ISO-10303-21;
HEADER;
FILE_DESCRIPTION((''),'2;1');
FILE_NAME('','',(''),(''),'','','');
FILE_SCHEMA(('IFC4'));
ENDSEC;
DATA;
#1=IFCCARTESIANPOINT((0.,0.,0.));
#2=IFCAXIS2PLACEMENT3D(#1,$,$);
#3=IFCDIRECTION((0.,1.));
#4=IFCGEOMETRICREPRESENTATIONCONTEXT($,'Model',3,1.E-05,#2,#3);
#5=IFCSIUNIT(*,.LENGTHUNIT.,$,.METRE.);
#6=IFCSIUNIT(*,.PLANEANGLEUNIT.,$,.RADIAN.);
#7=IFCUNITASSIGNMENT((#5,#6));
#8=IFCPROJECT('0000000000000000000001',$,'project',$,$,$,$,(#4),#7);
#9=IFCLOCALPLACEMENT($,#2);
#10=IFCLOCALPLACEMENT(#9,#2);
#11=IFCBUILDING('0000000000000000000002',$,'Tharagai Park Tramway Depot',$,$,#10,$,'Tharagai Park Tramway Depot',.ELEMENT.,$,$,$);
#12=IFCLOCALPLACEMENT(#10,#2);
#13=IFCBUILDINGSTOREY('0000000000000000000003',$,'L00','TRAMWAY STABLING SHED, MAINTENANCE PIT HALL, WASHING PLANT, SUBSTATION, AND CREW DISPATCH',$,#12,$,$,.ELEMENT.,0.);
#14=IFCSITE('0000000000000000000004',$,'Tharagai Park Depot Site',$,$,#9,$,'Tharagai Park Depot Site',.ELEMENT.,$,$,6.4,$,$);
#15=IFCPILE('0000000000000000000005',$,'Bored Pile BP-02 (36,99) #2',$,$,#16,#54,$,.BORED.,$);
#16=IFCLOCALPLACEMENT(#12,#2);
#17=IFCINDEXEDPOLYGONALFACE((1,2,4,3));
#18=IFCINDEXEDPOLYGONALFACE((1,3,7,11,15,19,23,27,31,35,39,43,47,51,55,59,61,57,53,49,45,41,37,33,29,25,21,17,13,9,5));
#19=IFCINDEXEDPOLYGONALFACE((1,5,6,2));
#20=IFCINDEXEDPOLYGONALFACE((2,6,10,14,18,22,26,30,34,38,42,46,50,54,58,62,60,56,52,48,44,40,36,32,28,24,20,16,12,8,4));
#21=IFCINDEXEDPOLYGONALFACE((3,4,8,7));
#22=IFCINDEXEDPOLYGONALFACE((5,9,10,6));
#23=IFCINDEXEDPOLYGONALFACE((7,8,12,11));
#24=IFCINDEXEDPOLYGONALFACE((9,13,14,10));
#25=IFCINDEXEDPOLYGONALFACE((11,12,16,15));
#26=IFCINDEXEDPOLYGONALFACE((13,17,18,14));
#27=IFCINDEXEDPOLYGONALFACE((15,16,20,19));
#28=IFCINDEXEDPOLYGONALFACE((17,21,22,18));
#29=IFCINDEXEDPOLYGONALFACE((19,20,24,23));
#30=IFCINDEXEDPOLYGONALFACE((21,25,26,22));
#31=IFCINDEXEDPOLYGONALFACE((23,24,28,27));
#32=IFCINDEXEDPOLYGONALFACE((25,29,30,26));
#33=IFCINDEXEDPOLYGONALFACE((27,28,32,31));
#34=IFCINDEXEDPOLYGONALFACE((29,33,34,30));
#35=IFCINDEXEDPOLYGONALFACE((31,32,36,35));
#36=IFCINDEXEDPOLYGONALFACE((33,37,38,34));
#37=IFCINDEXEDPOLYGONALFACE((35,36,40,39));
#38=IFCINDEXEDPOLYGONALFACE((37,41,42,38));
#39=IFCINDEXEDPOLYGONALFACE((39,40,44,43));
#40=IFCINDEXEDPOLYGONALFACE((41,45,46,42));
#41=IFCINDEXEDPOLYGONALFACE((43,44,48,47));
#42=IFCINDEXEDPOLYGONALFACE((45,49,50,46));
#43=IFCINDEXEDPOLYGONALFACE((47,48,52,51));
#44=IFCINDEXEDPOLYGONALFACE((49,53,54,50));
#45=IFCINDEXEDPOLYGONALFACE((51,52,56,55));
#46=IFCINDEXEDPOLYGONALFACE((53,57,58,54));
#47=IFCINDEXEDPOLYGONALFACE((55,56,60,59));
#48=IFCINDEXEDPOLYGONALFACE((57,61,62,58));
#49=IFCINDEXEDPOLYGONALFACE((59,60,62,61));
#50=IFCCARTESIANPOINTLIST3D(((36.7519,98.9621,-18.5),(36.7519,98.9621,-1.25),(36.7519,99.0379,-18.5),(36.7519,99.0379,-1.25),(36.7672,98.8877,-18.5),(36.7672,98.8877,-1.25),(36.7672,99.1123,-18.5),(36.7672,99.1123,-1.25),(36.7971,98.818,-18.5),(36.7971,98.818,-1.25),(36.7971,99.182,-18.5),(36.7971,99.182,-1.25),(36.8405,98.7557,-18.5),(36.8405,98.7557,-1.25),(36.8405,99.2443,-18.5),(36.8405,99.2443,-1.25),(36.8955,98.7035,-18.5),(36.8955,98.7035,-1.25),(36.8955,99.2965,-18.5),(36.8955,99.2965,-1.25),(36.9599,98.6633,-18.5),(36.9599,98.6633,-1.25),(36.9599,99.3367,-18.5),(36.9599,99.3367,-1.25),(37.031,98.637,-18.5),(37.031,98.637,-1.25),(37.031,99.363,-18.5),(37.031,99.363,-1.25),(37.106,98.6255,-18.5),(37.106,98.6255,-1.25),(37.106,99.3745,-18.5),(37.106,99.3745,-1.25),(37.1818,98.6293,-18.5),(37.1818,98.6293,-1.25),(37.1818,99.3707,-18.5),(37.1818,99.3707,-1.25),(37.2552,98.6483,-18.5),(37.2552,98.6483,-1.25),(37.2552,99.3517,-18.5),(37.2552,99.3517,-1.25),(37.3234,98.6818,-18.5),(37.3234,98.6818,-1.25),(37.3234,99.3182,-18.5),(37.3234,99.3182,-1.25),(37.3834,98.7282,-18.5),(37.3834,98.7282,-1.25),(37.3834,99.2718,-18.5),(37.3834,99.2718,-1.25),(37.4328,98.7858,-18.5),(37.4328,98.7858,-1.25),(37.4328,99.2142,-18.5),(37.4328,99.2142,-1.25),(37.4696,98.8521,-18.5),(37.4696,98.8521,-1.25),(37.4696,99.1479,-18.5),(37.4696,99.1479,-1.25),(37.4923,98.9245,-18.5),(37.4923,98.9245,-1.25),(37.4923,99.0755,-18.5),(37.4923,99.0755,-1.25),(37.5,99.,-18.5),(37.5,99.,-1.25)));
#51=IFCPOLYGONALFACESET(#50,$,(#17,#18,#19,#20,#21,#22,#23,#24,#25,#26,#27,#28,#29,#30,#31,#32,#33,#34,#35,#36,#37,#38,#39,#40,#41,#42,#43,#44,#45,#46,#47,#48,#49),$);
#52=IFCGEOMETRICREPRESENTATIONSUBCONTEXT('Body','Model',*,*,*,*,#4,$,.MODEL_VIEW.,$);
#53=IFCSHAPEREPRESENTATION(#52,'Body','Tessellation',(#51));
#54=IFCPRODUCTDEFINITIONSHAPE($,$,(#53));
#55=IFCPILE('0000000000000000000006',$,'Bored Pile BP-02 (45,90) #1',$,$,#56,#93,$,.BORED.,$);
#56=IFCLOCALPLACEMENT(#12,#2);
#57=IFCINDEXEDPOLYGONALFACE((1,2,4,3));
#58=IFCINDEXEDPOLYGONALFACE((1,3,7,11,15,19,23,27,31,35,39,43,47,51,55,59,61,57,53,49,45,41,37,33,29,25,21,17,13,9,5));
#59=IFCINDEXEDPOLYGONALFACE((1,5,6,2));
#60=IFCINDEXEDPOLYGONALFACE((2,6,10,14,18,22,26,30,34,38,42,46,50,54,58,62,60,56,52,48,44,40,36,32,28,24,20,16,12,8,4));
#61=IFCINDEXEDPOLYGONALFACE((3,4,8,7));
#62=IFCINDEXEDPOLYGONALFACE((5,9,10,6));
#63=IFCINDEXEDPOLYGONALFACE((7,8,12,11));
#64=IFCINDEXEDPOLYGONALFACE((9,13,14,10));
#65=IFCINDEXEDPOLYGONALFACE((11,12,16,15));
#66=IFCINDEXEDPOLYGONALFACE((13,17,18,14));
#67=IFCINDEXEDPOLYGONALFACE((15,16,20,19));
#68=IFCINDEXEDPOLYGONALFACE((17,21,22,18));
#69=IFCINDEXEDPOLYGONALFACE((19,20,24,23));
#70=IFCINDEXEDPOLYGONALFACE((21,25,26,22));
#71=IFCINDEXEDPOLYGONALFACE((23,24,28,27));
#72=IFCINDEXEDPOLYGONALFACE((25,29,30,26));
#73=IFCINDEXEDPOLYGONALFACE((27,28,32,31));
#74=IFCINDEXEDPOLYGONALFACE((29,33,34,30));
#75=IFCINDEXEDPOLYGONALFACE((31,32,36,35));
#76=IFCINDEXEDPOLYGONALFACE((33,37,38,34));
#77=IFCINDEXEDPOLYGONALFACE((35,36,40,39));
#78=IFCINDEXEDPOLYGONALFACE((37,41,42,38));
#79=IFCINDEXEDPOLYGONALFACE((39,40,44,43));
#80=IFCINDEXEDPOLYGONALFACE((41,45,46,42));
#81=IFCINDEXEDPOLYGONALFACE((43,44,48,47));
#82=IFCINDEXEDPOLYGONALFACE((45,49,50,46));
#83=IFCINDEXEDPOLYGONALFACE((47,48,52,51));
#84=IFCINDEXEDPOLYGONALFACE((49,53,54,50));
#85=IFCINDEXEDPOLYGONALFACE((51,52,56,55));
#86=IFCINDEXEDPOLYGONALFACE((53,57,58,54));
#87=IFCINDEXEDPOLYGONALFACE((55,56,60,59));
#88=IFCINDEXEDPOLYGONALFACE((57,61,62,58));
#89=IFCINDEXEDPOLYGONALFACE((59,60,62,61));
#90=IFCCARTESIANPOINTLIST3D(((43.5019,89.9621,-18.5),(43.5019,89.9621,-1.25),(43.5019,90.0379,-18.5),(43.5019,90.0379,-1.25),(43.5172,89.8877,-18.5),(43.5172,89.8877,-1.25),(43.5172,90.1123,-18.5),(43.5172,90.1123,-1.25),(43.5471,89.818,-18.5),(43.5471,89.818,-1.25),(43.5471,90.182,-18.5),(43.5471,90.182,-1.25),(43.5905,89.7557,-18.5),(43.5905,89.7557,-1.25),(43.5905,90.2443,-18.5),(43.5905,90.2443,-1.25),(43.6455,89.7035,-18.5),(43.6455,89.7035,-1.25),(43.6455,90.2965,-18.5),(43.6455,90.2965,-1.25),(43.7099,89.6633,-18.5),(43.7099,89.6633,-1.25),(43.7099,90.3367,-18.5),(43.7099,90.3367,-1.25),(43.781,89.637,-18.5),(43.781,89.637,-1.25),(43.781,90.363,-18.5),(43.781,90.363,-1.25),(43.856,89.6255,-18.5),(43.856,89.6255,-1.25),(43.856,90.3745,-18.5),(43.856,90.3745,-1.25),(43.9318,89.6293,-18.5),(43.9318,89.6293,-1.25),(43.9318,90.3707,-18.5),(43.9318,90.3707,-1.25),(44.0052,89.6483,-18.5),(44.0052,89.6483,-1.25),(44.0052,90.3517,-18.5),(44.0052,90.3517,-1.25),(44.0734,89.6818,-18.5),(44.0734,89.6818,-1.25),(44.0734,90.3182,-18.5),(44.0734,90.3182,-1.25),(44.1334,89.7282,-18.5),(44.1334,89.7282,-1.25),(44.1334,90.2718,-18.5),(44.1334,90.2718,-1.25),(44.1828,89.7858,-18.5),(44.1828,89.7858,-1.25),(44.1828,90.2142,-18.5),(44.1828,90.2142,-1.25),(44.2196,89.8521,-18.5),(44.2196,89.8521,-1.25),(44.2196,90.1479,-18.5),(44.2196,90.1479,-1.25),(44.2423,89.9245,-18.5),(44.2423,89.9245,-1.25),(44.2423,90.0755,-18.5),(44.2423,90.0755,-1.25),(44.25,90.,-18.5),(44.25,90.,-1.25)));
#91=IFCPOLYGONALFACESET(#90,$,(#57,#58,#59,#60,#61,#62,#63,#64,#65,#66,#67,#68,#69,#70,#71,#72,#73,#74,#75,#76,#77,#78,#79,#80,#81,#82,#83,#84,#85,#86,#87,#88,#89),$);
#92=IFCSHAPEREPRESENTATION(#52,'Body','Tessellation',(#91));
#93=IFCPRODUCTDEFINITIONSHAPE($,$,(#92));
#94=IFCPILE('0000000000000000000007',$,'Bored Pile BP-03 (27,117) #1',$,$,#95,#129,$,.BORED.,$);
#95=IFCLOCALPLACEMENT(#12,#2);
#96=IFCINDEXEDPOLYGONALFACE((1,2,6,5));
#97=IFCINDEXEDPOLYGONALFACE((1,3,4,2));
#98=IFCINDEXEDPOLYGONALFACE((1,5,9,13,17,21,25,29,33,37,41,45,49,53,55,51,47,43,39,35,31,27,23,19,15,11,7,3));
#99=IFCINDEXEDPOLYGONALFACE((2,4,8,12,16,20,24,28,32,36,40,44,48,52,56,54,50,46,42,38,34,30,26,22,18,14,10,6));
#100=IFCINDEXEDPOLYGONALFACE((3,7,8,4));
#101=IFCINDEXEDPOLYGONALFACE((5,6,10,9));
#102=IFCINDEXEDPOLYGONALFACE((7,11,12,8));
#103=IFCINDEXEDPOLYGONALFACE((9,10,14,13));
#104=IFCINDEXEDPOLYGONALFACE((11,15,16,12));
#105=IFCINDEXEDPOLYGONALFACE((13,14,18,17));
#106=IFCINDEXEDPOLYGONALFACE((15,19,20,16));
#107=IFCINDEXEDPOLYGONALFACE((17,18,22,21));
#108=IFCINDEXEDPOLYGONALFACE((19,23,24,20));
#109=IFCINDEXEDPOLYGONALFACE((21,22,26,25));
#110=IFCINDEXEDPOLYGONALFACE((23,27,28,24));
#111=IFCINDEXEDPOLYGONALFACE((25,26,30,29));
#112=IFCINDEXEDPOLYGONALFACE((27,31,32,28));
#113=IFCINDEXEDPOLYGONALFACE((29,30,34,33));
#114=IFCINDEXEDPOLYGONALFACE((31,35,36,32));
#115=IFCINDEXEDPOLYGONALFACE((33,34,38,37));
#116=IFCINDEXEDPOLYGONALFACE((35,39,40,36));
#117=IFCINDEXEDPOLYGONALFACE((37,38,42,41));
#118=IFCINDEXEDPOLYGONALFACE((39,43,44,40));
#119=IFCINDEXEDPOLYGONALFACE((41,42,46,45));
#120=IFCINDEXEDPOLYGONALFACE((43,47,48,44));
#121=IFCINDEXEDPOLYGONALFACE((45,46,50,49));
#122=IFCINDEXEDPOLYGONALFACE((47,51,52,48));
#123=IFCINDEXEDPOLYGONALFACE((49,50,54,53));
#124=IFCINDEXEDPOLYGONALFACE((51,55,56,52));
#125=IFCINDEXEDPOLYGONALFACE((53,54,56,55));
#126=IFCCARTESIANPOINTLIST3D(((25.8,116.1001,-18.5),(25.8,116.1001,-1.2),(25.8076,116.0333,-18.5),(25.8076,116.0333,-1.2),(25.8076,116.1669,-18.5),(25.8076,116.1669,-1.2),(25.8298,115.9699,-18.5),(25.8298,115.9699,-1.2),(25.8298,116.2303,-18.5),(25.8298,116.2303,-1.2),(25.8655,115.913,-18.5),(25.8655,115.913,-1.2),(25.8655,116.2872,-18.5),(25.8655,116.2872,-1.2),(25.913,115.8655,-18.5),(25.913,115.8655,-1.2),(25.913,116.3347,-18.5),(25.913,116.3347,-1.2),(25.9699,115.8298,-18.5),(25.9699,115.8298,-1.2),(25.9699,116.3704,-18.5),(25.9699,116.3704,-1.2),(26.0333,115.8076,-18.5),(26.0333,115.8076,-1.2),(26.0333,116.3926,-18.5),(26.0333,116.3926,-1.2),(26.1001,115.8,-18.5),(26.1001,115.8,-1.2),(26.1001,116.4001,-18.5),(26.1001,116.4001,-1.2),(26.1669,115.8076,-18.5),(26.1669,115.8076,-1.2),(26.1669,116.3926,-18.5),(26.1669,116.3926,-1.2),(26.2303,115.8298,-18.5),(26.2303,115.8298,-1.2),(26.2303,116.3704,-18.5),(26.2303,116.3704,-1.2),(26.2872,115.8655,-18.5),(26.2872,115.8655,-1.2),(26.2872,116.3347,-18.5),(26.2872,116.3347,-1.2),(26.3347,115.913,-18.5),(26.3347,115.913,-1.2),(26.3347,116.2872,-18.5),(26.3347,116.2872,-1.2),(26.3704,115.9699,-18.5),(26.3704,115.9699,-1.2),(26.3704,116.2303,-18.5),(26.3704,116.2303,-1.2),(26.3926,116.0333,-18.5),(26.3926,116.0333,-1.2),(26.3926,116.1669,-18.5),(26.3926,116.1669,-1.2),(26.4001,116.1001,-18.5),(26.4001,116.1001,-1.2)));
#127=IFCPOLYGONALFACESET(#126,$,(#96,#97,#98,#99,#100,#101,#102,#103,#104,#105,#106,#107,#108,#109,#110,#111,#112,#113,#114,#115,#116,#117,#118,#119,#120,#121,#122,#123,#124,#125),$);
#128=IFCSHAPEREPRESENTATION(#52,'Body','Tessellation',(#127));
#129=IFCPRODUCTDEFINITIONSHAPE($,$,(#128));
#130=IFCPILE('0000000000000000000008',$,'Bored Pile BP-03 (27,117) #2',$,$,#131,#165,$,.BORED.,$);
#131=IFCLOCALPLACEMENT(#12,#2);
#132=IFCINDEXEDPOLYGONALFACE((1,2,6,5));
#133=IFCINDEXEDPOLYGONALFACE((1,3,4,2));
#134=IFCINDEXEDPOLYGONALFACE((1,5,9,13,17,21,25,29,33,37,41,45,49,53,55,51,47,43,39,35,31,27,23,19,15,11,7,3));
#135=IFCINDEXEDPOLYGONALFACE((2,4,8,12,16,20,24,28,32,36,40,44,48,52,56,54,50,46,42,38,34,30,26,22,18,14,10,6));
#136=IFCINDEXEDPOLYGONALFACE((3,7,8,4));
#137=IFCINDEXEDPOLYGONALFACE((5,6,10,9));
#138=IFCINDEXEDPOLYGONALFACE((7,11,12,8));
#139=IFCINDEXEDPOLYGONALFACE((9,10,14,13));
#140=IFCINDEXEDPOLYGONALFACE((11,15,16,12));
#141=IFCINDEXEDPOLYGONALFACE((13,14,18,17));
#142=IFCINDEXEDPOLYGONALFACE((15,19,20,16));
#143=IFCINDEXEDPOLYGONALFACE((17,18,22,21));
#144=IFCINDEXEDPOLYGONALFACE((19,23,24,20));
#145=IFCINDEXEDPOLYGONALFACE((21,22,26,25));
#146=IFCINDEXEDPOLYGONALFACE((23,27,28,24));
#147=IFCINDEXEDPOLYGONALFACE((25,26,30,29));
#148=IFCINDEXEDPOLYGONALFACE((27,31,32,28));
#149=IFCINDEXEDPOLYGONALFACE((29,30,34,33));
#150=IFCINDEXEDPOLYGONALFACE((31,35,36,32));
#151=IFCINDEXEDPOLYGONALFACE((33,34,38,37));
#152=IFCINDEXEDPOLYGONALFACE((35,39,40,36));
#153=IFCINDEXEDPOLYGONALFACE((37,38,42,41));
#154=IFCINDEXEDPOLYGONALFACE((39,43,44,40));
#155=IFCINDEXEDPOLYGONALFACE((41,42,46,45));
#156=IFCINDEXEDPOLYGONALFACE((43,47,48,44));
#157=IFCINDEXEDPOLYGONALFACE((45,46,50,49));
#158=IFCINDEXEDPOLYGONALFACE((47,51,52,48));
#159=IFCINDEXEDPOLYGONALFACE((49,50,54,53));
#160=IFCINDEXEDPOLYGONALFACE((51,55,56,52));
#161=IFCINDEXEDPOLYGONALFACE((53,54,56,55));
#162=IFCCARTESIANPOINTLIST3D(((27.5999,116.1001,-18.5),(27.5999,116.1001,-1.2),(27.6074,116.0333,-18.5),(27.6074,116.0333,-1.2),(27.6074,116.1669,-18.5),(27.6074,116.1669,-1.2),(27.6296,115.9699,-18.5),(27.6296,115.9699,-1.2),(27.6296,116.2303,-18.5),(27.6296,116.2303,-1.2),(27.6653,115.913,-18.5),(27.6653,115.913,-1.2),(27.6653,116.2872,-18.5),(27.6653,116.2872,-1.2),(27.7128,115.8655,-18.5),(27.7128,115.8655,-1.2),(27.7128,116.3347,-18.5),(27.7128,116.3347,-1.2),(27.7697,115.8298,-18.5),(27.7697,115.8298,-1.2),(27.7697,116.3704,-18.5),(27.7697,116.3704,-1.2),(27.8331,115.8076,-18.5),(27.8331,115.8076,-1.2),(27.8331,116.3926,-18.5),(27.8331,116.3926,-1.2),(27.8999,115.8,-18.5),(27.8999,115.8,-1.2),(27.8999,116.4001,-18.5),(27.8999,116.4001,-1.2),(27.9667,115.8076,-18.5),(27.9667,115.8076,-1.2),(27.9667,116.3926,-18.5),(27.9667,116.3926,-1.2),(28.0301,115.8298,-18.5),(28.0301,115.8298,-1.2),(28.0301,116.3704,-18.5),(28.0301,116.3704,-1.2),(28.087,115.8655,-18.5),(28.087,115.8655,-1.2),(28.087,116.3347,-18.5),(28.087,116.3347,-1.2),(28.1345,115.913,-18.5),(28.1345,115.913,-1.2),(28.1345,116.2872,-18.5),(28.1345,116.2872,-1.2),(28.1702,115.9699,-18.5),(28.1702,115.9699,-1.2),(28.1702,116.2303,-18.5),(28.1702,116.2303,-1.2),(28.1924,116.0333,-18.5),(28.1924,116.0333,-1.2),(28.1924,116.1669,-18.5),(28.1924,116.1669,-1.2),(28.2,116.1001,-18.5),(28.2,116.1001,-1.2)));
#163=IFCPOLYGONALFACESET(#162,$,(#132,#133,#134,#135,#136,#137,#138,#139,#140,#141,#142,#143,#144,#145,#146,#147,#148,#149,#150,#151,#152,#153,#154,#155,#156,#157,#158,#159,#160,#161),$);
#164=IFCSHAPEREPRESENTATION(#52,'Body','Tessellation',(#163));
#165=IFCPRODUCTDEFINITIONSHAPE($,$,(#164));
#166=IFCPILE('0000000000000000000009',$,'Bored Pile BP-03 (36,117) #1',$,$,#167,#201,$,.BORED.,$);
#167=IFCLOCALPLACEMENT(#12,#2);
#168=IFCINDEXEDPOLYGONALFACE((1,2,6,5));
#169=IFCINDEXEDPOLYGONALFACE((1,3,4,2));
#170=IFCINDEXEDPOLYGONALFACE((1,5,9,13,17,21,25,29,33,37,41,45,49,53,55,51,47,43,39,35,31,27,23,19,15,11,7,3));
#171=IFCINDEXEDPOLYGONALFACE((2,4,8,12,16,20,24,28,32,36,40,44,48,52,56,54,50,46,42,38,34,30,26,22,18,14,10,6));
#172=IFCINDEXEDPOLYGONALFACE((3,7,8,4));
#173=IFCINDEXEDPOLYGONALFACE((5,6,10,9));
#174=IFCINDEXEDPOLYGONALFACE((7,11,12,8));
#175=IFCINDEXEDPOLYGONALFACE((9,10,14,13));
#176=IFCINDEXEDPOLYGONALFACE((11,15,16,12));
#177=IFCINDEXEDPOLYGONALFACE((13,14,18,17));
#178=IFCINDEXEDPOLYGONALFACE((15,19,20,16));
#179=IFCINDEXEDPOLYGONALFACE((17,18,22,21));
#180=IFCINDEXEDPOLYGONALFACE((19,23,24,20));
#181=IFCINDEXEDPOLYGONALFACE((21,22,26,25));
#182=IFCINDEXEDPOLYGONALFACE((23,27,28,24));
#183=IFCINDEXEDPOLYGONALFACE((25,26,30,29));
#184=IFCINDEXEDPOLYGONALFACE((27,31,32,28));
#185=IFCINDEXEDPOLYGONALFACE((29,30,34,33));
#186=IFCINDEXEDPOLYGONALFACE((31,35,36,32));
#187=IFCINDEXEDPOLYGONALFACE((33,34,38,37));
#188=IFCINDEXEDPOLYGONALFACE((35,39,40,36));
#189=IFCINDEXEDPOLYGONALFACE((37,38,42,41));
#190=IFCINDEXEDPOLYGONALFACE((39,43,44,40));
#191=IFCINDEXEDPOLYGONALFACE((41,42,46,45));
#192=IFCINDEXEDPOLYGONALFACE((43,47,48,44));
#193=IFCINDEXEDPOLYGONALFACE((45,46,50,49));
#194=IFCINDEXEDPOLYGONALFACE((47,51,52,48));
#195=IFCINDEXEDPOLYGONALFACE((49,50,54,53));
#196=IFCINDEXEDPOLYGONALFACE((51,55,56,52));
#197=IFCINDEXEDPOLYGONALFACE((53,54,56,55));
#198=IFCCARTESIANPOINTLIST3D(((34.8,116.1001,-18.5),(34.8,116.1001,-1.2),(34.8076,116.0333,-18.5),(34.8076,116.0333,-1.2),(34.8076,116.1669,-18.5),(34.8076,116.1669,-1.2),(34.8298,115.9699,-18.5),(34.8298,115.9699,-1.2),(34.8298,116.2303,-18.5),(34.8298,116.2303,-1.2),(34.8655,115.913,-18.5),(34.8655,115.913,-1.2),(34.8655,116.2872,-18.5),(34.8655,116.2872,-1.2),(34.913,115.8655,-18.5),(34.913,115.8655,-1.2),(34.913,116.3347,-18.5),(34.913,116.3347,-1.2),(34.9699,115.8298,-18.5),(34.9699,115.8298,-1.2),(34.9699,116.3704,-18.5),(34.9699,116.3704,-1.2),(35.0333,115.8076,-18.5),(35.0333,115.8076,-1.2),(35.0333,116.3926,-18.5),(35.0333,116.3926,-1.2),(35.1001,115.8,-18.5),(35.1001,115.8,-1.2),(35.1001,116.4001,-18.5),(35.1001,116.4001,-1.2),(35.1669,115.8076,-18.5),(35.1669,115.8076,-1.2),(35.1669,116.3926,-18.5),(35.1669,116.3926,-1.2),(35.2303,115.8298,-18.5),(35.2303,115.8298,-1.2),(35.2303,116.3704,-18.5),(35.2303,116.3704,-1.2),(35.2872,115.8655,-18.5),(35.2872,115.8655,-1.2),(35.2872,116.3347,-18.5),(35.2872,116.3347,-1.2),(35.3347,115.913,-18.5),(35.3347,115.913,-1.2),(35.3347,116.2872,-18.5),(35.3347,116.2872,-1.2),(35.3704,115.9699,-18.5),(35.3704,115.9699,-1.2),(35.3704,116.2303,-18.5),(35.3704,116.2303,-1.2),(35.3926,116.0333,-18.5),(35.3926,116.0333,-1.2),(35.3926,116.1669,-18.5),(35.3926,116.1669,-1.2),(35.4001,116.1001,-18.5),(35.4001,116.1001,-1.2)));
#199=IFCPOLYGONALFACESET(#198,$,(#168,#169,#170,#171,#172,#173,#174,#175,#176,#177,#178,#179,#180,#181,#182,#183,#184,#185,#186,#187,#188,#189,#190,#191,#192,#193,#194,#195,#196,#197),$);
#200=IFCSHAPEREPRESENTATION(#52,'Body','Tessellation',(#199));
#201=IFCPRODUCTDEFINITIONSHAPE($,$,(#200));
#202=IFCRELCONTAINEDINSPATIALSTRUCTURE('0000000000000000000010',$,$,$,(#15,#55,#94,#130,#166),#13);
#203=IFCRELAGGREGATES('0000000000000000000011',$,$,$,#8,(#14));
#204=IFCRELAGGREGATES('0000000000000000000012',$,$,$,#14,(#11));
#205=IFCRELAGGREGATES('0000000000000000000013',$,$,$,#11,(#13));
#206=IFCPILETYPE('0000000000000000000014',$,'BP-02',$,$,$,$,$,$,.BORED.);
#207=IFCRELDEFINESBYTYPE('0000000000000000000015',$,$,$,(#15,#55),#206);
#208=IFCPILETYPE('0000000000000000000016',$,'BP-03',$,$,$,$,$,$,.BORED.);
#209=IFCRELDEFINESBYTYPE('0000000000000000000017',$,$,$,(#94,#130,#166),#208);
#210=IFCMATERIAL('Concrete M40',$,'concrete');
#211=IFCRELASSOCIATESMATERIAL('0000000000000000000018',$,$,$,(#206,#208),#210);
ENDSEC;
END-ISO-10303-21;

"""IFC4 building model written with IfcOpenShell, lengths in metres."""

from ifc_helpers import new_model, si_unit, direction, frame, origin, origin_2d, place, context, subcontext, project, spatial, circle, extrude, material, material_profile, profile_set, type_object, element, save


model = new_model("IFC4")

# Units and contexts
model_context = context("Model", 3, precision=1e-05, world=origin(), true_north=direction((0.0, 1.0)))
body_context = subcontext(model_context, "Body", "Model", "MODEL_VIEW")
ifc_project = project(units=[si_unit("LENGTHUNIT", "METRE"), si_unit("PLANEANGLEUNIT", "RADIAN")], contexts=[model_context])

# Site, building, storey
site_placement = place(None, origin())
site = spatial("IfcSite", under=ifc_project, at=site_placement, Name="Tharagai Park Depot Site", LongName="Tharagai Park Depot Site", CompositionType="ELEMENT", RefElevation=6.4)
building_placement = place(site_placement, origin())
building = spatial("IfcBuilding", under=site, at=building_placement, Name="Tharagai Park Tramway Depot", LongName="Tharagai Park Tramway Depot", CompositionType="ELEMENT")
storey_placement = place(building_placement, origin())
storey = spatial("IfcBuildingStorey", under=building, at=storey_placement, Name="L00", Description="TRAMWAY STABLING SHED, MAINTENANCE PIT HALL, WASHING PLANT, SUBSTATION, AND CREW DISPATCH", CompositionType="ELEMENT", Elevation=0.0)

# Piles
ifc_material_1 = material(Name="Concrete M40", Category="concrete")
ifc_material_profile_1 = material_profile(ifc_material_1, circle(Radius=0.375, at=origin_2d()), Name="PILE D750")
ifc_profile_set_1 = profile_set([ifc_material_profile_1], Name="Concrete M40")
pile_type_1 = type_object("IfcPileType", Name="BP-02", PredefinedType="BORED", material=ifc_profile_set_1)
for number, where, z_axis, x_axis, name in (
    (1, (37.125, 99.0, -1.25), (0.0, 0.0, -1.0), (1.0, 0.0, 0.0), "Bored Pile BP-02 (36,99) #2"),
    (2, (43.875, 90.0, -1.25), (0.0, 0.0, -1.0), (1.0, 0.0, 0.0), "Bored Pile BP-02 (45,90) #1"),
):
    element("IfcPile", number, at=place(storey_placement, frame(where, z_axis=z_axis, x_axis=x_axis)), inside=storey, type_object=pile_type_1, Name=name, PredefinedType="BORED", context=body_context, shape_type="SweptSolid", body=[
        extrude(circle(Radius=0.375, at=origin_2d()), origin(), (0.0, 0.0, 1.0), 17.25),
    ])
ifc_material_profile_2 = material_profile(ifc_material_1, circle(Radius=0.3, at=origin_2d()), Name="PILE D600")
ifc_profile_set_2 = profile_set([ifc_material_profile_2], Name="Concrete M40")
pile_type_2 = type_object("IfcPileType", Name="BP-03", PredefinedType="BORED", material=ifc_profile_set_2)
for number, where, z_axis, x_axis, name in (
    (3, (26.1001, 116.1001, -1.2), (0.0, 0.0, -1.0), (1.0, 0.0, 0.0), "Bored Pile BP-03 (27,117) #1"),
    (4, (27.8999, 116.1001, -1.2), (0.0, 0.0, -1.0), (1.0, 0.0, 0.0), "Bored Pile BP-03 (27,117) #2"),
    (5, (35.1001, 116.1001, -1.2), (0.0, 0.0, -1.0), (1.0, 0.0, 0.0), "Bored Pile BP-03 (36,117) #1"),
):
    element("IfcPile", number, at=place(storey_placement, frame(where, z_axis=z_axis, x_axis=x_axis)), inside=storey, type_object=pile_type_2, Name=name, PredefinedType="BORED", context=body_context, shape_type="SweptSolid", body=[
        extrude(circle(Radius=0.3, at=origin_2d()), origin(), (0.0, 0.0, 1.0), 17.3),
    ])

save(model, "model.ifc")
